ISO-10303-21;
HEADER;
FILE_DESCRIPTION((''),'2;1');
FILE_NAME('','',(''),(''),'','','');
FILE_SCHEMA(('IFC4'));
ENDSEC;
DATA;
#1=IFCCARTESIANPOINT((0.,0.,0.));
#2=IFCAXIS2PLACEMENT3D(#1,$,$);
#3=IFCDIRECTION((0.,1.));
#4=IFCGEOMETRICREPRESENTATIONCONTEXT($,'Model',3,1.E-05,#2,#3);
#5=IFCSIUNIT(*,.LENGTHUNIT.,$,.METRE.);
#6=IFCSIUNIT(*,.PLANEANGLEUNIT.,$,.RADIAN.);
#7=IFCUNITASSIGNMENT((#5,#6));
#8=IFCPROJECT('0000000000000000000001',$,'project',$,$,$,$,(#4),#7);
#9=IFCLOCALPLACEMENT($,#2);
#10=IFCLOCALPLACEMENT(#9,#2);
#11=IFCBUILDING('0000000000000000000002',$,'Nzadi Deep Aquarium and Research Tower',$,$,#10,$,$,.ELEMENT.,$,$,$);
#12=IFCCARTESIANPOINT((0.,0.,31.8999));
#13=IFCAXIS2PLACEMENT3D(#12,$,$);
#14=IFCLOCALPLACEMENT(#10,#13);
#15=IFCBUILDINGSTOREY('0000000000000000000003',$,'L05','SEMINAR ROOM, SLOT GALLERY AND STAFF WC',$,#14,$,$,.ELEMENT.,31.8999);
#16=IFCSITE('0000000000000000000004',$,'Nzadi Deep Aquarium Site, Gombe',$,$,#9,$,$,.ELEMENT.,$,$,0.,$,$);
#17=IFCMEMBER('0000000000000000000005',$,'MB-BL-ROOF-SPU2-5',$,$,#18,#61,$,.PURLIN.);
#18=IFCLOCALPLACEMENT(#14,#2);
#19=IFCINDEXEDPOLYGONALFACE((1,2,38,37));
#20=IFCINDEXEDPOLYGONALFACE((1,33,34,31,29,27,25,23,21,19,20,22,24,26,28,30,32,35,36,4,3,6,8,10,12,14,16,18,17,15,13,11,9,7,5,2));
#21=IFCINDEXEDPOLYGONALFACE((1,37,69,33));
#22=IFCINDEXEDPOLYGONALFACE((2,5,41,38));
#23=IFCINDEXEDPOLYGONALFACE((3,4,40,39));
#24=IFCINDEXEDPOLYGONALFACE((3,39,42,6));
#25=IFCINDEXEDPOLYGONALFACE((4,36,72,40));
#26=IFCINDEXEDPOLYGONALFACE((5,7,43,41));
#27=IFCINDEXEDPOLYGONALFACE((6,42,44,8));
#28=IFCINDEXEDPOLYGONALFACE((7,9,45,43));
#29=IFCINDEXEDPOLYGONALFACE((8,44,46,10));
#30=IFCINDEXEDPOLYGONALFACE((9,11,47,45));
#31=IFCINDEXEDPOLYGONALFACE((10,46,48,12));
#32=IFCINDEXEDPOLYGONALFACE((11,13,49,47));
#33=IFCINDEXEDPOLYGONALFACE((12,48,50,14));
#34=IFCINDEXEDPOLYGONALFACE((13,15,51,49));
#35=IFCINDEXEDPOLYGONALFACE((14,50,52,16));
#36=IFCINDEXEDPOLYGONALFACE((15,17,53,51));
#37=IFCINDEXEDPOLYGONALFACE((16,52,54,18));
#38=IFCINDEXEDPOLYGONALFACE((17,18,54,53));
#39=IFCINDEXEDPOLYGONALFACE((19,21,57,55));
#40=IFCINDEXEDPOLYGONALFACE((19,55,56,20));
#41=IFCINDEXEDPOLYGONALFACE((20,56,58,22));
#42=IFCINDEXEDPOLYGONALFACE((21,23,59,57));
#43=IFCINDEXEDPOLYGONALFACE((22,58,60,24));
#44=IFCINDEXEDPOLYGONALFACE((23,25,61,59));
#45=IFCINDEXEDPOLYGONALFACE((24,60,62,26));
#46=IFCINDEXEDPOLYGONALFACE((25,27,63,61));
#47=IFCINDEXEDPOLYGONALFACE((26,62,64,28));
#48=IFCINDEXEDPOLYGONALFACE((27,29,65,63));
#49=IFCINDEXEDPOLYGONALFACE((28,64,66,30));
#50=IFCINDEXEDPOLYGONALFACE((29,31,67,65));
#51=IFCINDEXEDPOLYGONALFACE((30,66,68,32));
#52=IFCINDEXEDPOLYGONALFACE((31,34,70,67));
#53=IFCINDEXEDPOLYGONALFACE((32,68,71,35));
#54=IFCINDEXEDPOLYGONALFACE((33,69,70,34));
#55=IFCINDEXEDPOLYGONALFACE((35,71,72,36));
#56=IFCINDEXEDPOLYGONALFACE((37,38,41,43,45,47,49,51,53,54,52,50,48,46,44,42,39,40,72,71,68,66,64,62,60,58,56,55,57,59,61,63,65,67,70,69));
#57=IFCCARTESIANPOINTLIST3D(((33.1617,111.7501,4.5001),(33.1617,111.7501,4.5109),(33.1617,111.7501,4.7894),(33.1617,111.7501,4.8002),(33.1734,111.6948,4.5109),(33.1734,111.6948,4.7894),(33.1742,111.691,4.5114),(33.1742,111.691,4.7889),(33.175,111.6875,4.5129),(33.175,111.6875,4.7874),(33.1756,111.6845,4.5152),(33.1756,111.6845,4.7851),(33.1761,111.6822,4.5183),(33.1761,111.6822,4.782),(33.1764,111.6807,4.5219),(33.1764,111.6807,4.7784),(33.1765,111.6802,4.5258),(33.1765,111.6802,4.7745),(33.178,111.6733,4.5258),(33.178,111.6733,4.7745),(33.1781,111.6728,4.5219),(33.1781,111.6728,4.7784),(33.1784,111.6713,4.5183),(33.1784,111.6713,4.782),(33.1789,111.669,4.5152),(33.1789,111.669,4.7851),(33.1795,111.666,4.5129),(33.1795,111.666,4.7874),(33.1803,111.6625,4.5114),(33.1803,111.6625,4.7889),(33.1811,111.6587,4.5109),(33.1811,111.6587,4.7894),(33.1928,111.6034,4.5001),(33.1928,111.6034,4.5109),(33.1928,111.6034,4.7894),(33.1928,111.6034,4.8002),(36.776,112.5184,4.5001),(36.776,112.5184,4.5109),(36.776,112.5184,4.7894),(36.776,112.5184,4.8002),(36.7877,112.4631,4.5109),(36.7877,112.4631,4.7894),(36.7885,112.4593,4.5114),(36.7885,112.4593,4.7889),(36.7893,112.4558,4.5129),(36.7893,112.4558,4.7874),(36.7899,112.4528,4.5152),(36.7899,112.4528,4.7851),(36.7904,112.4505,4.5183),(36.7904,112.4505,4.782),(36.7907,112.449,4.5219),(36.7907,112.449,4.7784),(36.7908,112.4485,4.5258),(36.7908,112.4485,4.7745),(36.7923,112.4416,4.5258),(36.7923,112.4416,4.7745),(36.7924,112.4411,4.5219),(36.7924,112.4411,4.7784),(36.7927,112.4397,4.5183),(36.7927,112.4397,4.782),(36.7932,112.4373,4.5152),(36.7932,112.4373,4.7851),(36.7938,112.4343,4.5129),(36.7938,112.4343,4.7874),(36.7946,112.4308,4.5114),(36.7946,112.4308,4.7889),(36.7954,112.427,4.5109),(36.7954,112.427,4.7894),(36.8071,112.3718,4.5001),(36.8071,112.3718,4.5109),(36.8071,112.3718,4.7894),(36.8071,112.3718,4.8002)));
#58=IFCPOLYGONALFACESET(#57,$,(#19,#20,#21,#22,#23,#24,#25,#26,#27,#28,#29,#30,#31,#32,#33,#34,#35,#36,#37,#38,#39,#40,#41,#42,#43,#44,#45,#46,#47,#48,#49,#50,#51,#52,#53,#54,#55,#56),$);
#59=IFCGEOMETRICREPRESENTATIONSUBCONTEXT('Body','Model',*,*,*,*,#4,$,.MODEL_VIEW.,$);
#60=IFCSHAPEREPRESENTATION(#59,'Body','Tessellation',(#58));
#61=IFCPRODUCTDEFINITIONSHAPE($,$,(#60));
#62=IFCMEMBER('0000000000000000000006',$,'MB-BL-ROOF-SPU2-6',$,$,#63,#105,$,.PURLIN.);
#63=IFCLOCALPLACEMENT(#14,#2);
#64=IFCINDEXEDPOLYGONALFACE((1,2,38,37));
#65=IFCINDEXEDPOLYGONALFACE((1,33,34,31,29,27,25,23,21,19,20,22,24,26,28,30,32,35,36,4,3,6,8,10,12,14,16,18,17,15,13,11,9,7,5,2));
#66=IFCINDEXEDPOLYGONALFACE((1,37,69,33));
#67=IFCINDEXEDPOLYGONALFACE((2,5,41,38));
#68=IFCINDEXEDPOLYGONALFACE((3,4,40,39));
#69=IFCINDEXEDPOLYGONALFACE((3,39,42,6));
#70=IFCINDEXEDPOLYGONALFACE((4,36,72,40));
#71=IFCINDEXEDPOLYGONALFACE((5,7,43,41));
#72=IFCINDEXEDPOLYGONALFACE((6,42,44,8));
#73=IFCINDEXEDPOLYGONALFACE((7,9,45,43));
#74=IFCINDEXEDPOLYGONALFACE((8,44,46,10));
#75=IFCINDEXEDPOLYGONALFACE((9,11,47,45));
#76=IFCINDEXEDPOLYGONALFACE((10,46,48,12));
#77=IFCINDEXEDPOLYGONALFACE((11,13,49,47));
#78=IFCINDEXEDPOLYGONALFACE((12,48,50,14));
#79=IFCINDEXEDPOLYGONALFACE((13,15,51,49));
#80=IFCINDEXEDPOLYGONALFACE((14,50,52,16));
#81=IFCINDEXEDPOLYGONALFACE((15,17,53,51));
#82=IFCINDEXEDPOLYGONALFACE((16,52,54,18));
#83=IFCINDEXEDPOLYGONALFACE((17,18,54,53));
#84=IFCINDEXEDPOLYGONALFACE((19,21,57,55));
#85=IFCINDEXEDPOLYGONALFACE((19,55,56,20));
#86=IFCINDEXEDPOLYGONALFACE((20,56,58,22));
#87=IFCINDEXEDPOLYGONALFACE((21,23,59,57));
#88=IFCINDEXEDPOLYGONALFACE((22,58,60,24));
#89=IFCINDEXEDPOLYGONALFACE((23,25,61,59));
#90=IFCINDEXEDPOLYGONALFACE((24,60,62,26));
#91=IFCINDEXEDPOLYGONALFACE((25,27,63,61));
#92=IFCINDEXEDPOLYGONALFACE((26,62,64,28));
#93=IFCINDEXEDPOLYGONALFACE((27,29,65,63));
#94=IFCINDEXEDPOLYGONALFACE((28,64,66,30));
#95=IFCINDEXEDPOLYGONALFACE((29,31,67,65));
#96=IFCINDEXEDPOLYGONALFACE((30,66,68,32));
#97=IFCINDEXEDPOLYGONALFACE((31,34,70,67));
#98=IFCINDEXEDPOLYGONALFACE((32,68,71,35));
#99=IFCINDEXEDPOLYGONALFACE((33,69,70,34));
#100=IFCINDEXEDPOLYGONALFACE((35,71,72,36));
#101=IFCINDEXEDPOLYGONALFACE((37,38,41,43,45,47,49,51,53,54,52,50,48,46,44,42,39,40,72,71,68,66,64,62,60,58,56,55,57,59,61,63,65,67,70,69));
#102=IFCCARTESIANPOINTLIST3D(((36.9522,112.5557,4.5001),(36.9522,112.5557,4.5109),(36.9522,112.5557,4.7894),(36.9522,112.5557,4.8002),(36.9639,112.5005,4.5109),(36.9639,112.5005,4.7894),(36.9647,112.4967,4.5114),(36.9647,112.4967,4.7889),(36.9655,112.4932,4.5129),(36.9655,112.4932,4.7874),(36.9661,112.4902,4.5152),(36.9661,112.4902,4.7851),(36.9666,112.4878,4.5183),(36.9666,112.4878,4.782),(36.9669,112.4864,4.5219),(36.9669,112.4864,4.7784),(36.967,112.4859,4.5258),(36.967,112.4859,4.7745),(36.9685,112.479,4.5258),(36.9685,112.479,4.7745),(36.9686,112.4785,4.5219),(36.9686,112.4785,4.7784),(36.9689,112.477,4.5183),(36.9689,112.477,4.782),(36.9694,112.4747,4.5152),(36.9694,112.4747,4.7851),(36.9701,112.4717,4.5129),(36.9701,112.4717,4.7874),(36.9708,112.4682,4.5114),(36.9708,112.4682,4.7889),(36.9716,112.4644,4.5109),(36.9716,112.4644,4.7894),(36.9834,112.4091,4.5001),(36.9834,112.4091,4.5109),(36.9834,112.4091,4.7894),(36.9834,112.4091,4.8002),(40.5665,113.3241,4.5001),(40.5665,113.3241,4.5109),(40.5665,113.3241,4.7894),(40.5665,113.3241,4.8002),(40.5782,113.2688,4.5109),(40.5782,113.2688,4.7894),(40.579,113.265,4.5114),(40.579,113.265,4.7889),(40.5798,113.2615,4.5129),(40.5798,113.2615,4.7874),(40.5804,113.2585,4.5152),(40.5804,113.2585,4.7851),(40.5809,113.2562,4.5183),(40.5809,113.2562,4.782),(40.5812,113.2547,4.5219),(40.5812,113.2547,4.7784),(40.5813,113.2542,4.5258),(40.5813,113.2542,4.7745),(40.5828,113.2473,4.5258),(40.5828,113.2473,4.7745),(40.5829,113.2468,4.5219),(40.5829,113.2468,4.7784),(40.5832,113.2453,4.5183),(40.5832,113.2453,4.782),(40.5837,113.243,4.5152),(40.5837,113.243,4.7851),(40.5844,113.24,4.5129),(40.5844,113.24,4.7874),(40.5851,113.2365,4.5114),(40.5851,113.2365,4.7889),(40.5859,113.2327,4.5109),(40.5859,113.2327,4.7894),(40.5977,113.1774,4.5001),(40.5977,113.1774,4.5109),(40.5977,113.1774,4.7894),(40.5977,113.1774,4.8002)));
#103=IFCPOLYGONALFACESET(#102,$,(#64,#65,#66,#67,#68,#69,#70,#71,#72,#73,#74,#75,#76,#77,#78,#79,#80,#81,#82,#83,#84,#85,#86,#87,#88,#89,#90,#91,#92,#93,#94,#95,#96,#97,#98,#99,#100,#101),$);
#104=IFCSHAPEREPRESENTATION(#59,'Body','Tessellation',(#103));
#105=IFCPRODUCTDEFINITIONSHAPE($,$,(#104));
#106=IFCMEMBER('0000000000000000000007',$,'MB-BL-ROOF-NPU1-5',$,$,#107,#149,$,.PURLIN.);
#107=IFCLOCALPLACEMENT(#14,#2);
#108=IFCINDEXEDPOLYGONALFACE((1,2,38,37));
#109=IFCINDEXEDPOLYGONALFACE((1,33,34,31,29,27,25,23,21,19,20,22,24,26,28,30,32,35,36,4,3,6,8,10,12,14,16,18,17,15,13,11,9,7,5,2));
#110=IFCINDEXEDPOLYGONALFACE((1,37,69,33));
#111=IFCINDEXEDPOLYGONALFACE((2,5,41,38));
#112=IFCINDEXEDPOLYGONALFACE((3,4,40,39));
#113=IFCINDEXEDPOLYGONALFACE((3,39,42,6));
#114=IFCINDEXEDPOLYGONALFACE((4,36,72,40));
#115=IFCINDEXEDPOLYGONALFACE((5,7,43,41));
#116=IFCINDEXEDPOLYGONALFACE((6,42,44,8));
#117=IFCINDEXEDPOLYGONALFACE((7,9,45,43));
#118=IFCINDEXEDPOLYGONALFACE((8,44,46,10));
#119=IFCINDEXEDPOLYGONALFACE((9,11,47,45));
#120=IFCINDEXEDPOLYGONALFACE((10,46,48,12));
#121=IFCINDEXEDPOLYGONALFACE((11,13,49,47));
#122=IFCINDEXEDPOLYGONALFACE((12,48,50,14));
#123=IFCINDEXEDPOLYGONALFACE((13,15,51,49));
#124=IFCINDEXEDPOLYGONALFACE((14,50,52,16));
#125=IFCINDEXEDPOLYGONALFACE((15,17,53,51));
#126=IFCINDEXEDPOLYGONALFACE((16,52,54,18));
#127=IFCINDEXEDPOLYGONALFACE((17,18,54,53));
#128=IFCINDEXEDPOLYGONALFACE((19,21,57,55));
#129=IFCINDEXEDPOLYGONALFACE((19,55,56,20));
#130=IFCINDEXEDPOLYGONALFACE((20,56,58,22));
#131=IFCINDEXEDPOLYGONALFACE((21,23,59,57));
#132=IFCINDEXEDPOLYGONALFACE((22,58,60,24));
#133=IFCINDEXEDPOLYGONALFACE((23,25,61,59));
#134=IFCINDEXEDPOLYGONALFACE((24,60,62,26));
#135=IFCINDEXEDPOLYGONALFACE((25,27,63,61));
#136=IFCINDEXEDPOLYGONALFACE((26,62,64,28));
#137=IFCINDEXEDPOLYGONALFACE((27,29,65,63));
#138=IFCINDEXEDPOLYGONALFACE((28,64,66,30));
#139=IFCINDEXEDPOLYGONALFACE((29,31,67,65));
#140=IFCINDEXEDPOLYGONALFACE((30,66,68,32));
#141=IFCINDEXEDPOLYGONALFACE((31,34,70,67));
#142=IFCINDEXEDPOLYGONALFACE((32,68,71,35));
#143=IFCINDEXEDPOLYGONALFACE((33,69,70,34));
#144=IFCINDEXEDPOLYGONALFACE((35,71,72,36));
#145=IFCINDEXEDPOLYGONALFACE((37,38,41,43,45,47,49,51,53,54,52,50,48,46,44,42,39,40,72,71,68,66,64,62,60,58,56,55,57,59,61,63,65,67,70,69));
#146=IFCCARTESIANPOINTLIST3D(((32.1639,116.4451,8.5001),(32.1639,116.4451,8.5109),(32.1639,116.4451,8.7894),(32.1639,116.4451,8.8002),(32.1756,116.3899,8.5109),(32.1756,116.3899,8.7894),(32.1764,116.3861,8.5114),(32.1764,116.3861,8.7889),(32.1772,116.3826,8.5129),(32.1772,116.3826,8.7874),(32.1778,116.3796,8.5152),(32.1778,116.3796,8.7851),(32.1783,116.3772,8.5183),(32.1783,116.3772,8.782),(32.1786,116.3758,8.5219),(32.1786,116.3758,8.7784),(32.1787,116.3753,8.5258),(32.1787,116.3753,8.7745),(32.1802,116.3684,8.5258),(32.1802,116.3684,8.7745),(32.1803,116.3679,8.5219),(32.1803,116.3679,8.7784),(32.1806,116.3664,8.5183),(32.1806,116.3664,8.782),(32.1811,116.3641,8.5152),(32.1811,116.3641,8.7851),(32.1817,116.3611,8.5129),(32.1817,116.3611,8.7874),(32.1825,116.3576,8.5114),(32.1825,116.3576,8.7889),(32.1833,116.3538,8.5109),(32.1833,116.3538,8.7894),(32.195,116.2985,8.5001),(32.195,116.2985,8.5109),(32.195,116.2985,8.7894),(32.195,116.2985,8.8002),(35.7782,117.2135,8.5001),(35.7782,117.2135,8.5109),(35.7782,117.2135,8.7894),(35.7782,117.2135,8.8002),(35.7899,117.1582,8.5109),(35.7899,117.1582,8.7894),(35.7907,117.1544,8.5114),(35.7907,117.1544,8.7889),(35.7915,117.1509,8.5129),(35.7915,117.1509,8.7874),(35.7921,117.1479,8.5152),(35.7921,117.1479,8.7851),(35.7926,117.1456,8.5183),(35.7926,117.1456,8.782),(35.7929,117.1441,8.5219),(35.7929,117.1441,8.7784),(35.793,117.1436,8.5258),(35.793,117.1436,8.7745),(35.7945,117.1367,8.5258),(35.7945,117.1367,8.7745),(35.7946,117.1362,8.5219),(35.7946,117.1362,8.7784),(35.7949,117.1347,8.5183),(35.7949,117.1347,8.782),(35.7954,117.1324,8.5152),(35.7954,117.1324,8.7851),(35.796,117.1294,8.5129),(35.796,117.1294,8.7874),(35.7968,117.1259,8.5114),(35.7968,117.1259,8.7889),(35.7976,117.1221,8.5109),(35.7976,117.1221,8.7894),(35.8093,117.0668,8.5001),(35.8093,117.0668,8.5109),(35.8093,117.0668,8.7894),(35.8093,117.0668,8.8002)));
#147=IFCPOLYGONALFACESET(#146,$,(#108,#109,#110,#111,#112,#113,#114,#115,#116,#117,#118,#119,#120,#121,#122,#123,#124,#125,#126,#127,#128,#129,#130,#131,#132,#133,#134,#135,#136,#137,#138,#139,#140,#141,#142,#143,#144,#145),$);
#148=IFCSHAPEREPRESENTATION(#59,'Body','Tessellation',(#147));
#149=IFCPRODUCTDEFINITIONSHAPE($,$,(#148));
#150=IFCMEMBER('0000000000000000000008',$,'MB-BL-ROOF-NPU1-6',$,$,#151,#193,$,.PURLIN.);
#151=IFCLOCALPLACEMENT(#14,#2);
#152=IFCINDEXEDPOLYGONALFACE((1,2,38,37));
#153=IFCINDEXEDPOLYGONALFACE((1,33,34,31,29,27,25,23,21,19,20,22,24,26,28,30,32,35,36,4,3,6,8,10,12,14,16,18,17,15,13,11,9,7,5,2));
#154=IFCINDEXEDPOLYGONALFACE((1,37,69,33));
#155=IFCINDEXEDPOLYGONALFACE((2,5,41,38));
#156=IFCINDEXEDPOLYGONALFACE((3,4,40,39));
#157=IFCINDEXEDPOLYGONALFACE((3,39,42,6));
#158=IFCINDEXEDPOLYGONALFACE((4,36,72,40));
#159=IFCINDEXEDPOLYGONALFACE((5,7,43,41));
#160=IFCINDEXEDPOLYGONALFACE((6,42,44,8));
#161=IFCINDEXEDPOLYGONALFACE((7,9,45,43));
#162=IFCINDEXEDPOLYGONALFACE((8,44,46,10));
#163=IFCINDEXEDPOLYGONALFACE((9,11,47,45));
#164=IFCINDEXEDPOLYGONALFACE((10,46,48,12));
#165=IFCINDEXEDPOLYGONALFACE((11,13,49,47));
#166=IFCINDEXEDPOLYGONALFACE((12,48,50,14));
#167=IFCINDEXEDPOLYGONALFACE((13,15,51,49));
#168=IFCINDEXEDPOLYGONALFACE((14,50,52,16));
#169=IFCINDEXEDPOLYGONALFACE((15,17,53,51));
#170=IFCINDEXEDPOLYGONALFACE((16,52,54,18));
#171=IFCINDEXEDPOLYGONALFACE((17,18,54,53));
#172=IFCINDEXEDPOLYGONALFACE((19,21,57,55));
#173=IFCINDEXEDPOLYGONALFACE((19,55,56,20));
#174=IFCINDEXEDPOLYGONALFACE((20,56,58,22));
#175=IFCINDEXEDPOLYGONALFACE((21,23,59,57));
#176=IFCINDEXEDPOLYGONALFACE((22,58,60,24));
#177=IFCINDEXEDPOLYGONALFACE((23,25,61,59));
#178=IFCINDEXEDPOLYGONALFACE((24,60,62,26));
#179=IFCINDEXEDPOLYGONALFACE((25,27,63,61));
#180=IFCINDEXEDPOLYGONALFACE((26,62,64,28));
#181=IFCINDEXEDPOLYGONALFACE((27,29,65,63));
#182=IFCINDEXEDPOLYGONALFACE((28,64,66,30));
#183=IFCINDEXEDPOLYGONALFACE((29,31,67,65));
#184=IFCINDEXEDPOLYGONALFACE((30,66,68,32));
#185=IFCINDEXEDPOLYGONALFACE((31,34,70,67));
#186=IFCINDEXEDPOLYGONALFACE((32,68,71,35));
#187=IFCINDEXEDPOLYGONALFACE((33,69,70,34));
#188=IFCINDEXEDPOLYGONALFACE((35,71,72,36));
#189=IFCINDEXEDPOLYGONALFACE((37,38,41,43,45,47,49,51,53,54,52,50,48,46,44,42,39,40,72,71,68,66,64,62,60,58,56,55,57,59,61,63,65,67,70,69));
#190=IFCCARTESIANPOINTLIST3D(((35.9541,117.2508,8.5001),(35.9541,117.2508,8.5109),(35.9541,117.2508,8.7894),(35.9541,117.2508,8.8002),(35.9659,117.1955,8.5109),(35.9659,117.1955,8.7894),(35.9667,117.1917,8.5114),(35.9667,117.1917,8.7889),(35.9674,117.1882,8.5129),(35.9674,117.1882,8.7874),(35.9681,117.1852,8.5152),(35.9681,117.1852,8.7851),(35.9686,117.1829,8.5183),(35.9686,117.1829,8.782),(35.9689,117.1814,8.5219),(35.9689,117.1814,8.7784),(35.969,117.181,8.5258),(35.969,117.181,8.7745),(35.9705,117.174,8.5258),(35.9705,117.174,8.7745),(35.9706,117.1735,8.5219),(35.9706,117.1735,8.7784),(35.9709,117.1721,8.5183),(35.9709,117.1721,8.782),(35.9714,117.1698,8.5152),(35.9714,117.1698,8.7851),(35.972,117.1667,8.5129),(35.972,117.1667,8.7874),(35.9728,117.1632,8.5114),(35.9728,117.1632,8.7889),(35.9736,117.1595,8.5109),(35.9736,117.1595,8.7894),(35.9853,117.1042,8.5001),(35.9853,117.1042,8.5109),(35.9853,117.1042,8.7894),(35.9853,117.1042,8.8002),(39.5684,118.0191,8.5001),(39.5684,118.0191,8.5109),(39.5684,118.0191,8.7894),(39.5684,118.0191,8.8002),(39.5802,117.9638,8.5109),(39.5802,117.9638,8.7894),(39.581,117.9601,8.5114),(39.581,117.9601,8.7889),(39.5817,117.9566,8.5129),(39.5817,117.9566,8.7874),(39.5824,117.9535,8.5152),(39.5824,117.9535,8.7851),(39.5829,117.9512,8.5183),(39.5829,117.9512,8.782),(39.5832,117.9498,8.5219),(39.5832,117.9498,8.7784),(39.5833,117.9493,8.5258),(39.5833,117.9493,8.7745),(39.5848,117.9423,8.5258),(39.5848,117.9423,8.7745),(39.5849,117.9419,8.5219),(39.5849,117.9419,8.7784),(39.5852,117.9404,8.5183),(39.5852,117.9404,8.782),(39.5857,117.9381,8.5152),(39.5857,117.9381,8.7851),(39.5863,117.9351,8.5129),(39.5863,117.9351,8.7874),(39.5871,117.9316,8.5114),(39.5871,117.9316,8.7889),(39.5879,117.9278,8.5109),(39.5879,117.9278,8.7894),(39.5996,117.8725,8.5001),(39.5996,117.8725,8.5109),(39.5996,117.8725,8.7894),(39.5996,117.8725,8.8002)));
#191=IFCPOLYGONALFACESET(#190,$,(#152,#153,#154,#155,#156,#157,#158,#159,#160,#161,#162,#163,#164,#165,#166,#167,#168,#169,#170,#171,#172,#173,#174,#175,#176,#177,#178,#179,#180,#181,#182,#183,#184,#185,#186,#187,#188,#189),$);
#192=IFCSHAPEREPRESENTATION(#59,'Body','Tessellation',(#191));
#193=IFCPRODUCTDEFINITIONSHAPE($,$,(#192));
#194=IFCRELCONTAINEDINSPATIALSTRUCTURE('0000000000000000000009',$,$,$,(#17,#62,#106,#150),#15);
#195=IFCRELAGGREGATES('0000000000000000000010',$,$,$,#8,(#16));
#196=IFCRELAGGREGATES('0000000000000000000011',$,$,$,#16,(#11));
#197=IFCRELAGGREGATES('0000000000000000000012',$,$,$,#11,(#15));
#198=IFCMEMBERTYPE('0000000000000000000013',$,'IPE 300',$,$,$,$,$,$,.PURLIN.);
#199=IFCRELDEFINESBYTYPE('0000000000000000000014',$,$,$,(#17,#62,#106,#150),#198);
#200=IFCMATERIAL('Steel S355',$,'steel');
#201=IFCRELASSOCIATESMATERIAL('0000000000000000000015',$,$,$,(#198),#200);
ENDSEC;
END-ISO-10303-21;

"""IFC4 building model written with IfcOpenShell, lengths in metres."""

from ifc_helpers import new_model, si_unit, direction, frame, origin, origin_2d, place, context, subcontext, project, spatial, i_section, extrude, material, material_profile, profile_set, type_object, element, save


model = new_model("IFC4")

# Units and contexts
model_context = context("Model", 3, precision=1e-05, world=origin(), true_north=direction((0.0, 1.0)))
body_context = subcontext(model_context, "Body", "Model", "MODEL_VIEW")
ifc_project = project(units=[si_unit("LENGTHUNIT", "METRE"), si_unit("PLANEANGLEUNIT", "RADIAN")], contexts=[model_context])

# Site, building, storey
site_placement = place(None, origin())
site = spatial("IfcSite", under=ifc_project, at=site_placement, Name="Nzadi Deep Aquarium Site, Gombe", CompositionType="ELEMENT", RefElevation=0.0)
building_placement = place(site_placement, origin())
building = spatial("IfcBuilding", under=site, at=building_placement, Name="Nzadi Deep Aquarium and Research Tower", CompositionType="ELEMENT")
storey_placement = place(building_placement, frame((0.0, 0.0, 31.8999)))
storey = spatial("IfcBuildingStorey", under=building, at=storey_placement, Name="L05", Description="SEMINAR ROOM, SLOT GALLERY AND STAFF WC", CompositionType="ELEMENT", Elevation=31.8999)

# Members
ifc_material_1 = material(Name="Steel S355", Category="steel")
ifc_material_profile_1 = material_profile(ifc_material_1, i_section(OverallWidth=0.1499, OverallDepth=0.3, WebThickness=0.0071, FlangeThickness=0.0107, FilletRadius=0.0149, at=origin_2d()))
ifc_profile_set_1 = profile_set([ifc_material_profile_1], Name="Steel S355")
member_type_1 = type_object("IfcMemberType", Name="IPE 300", PredefinedType="PURLIN", material=ifc_profile_set_1)
for number, where, z_axis, x_axis, name in (
    (1, (33.1772, 111.6768, 4.6501), (0.978143, 0.207931, 0.0), (-0.207931, 0.978143, 0.0), "MB-BL-ROOF-SPU2-5"),
    (2, (36.9678, 112.4824, 4.6501), (0.978143, 0.207931, 0.0), (-0.207931, 0.978143, 0.0), "MB-BL-ROOF-SPU2-6"),
    (3, (32.1794, 116.3718, 8.6501), (0.978143, 0.207931, 0.0), (-0.207931, 0.978143, 0.0), "MB-BL-ROOF-NPU1-5"),
    (4, (35.9697, 117.1775, 8.6501), (0.978143, 0.207931, 0.0), (-0.207931, 0.978143, 0.0), "MB-BL-ROOF-NPU1-6"),
):
    element("IfcMember", number, at=place(storey_placement, frame(where, z_axis=z_axis, x_axis=x_axis)), inside=storey, type_object=member_type_1, Name=name, PredefinedType="PURLIN", context=body_context, shape_type="SweptSolid", body=[
        extrude(i_section(OverallWidth=0.1499, OverallDepth=0.3, WebThickness=0.0071, FlangeThickness=0.0107, FilletRadius=0.0149, at=origin_2d()), origin(), (0.0, 0.0, 1.0), 3.6951),
    ])

save(model, "model.ifc")
